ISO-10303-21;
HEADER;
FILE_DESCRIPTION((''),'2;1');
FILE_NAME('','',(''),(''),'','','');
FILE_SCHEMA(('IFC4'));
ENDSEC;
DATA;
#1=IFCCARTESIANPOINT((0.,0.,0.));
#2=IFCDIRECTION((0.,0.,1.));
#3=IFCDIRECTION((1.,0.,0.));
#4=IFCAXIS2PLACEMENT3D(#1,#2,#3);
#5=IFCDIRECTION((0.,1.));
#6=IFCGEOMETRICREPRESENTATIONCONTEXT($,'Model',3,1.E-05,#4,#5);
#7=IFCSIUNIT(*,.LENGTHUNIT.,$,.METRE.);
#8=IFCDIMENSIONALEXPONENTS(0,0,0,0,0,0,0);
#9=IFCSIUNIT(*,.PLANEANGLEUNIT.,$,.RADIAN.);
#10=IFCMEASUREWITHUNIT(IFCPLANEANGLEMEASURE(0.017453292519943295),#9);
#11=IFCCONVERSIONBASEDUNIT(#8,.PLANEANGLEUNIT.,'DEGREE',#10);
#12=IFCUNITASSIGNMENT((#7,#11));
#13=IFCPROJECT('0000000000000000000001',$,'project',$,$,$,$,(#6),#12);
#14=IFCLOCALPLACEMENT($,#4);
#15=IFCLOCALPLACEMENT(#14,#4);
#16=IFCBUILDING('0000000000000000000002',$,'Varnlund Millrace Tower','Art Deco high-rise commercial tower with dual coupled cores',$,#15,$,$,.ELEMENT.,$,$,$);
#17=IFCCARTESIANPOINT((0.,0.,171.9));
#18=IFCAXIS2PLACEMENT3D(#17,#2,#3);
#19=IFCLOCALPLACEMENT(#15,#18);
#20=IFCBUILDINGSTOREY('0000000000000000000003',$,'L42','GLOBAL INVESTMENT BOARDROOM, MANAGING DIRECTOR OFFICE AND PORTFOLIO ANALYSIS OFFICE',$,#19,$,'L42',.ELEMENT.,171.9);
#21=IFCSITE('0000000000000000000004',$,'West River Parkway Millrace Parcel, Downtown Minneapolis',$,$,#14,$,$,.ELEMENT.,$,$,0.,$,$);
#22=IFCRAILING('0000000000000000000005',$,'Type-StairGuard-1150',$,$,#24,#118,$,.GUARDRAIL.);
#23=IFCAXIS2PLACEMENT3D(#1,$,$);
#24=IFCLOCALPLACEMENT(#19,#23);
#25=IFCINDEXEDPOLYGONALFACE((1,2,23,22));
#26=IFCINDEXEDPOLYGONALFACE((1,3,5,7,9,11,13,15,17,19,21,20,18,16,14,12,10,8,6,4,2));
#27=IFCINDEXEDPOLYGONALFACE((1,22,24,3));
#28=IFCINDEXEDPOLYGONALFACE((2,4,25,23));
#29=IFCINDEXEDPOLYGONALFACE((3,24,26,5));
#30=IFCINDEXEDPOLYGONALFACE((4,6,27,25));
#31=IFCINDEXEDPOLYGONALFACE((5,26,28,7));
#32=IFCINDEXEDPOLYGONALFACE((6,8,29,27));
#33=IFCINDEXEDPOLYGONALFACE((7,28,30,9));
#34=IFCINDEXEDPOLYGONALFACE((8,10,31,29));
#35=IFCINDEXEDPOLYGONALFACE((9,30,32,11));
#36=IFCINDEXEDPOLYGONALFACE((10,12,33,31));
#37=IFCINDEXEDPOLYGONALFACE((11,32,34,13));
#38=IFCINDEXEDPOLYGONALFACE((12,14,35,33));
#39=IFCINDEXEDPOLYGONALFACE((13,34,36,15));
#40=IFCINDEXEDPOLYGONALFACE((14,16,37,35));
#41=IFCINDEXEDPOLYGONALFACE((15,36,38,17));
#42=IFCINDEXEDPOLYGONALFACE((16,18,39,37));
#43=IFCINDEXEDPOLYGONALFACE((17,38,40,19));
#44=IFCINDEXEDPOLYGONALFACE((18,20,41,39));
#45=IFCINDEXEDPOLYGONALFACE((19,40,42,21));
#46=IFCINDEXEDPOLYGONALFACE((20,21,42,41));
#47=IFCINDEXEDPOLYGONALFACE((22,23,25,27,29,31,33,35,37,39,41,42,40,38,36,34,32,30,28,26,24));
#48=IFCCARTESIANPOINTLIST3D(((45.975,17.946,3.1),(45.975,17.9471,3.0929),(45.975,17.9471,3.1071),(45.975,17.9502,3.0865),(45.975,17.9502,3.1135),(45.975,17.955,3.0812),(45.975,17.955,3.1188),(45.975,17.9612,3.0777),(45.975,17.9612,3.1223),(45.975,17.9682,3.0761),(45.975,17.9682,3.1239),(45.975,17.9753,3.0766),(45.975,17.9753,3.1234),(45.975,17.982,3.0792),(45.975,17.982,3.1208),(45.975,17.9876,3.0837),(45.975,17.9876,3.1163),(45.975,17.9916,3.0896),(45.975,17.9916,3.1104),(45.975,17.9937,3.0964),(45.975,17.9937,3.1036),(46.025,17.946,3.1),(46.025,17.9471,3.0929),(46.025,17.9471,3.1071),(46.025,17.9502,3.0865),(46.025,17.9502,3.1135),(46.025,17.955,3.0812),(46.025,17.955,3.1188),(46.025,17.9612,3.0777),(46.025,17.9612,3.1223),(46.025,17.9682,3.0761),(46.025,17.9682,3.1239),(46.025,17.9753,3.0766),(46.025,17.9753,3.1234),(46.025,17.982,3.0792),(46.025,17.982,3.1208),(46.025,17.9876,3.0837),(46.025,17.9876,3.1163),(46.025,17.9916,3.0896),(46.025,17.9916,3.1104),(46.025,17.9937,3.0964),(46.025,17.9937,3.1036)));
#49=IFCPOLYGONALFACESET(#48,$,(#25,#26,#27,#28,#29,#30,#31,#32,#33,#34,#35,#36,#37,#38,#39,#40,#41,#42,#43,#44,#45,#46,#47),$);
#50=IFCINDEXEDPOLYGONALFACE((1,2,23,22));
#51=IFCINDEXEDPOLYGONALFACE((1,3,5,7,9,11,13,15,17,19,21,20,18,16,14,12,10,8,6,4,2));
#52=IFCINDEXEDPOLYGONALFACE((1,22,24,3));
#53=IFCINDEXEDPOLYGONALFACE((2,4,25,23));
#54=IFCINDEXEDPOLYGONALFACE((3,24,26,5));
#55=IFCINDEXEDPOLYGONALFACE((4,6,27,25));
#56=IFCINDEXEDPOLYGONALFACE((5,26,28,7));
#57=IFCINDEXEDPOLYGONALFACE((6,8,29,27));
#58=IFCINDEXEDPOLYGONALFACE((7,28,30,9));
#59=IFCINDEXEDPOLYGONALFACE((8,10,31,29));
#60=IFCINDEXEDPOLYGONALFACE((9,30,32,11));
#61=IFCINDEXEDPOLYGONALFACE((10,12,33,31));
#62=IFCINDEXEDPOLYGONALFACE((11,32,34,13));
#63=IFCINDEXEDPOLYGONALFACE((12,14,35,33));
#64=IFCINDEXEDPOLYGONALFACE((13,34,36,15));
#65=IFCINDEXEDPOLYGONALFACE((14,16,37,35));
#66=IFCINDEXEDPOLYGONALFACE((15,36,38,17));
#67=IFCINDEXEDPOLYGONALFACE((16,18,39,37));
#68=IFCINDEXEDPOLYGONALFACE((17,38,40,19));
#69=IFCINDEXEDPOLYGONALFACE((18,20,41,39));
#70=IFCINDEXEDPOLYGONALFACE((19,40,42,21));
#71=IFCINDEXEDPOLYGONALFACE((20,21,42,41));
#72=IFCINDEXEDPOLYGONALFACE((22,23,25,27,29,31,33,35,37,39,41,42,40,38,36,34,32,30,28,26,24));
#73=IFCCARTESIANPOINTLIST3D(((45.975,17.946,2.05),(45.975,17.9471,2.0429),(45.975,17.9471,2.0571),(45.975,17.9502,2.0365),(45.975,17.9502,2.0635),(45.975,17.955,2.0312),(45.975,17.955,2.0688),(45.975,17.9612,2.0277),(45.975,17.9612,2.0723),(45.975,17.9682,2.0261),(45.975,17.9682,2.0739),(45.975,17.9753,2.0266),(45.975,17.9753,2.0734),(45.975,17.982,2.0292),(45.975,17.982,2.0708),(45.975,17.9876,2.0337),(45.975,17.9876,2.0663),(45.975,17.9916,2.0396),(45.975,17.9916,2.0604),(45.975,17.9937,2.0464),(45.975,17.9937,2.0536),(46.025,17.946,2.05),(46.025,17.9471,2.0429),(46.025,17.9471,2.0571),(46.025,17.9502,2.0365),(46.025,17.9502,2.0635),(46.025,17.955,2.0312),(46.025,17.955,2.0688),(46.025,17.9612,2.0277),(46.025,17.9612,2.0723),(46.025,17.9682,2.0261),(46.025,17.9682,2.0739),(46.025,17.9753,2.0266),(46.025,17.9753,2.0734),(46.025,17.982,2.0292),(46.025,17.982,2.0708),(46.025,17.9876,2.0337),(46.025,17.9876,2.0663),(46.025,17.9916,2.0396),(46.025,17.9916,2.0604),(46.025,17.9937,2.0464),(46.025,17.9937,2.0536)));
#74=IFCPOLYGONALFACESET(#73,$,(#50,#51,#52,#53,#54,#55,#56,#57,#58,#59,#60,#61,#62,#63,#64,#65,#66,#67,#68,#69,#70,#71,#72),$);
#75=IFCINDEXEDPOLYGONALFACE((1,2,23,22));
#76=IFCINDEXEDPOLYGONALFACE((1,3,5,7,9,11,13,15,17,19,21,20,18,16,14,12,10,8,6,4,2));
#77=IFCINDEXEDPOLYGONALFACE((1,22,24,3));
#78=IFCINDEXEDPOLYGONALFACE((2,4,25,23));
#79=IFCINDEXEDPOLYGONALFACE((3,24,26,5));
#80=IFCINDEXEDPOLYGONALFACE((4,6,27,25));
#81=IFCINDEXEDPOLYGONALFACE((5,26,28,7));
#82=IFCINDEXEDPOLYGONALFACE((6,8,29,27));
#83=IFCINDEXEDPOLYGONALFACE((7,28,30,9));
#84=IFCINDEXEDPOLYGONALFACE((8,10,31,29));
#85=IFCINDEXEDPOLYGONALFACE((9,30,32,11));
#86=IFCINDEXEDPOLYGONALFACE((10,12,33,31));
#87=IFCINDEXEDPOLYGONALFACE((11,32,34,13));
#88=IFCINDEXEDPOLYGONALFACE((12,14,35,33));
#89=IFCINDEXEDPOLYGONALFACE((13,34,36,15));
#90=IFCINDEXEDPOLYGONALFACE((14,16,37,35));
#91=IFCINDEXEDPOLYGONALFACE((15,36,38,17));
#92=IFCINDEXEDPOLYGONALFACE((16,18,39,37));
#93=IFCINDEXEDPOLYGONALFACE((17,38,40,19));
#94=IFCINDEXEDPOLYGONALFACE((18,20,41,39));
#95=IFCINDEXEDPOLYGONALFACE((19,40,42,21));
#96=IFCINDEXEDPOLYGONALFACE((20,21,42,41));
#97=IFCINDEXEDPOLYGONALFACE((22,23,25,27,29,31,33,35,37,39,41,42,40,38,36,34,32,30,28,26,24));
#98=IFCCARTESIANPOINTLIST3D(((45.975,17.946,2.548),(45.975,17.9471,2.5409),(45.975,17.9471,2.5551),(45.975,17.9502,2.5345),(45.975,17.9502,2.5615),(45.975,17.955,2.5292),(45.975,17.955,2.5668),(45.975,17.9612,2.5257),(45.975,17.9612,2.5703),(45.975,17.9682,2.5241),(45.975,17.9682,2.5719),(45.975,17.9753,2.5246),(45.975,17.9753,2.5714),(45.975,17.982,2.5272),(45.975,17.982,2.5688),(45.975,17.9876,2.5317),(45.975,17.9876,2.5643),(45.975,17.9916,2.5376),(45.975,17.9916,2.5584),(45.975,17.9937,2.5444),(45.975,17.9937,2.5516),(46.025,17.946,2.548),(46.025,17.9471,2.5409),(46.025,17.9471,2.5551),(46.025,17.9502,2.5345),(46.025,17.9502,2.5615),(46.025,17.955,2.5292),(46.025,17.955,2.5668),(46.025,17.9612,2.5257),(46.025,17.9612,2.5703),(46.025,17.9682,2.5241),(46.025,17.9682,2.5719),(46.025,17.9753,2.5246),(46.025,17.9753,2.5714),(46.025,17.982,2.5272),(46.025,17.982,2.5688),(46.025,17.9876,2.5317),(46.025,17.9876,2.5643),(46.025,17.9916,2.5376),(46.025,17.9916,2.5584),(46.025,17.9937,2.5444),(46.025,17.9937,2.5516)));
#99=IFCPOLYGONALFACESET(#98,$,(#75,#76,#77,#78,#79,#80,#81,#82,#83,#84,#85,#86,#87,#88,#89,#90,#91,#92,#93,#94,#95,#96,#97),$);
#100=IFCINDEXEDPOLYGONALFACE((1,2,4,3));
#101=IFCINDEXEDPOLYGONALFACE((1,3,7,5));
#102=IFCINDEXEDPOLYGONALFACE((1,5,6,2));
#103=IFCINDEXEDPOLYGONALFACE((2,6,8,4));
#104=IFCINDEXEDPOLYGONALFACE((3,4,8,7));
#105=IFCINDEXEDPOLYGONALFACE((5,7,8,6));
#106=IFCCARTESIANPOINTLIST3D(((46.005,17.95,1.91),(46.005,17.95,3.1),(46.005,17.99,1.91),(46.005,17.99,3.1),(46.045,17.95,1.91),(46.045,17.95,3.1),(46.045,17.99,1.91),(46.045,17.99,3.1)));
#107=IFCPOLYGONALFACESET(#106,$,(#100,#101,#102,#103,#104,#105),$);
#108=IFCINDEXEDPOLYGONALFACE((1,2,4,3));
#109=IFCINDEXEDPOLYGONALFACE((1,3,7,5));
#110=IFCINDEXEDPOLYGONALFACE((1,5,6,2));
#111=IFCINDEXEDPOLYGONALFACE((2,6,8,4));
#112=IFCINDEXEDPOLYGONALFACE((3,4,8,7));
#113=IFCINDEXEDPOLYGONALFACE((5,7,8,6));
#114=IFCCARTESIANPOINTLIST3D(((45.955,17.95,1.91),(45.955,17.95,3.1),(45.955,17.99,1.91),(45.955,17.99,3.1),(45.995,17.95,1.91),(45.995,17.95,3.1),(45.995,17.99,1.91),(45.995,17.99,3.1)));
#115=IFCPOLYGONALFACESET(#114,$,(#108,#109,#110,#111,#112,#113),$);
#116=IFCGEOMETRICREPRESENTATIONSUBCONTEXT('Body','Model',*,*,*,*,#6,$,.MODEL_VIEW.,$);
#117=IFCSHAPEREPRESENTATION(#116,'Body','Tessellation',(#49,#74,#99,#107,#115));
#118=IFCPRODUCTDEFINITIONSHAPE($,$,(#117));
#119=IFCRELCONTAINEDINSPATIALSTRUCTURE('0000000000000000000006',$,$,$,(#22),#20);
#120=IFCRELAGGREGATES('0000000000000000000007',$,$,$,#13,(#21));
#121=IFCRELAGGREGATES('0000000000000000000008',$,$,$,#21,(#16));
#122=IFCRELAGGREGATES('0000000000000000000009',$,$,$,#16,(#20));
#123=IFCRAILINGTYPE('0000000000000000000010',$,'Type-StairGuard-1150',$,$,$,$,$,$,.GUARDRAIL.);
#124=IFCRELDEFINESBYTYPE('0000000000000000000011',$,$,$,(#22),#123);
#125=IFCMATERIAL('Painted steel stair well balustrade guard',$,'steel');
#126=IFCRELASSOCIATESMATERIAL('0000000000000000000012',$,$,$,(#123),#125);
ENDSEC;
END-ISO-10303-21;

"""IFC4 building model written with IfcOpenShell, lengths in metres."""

from ifc_helpers import new_model, entity, si_unit, converted_unit, direction, frame, origin_with_axes, origin_2d_with_axis, place, context, subcontext, project, spatial, rectangle, circle, extrude, material, type_object, element, save


model = new_model("IFC4")

# Units and contexts
model_context = context("Model", 3, precision=1e-05, world=origin_with_axes(), true_north=direction((0.0, 1.0)))
body_context = subcontext(model_context, "Body", "Model", "MODEL_VIEW")
ifc_project = project(units=[si_unit("LENGTHUNIT", "METRE"), converted_unit("PLANEANGLEUNIT", "DEGREE", entity("IfcPlaneAngleMeasure", 0.017453292519943295), si_unit("PLANEANGLEUNIT", "RADIAN"), dimensions=[0, 0, 0, 0, 0, 0, 0])], contexts=[model_context])

# Site, building, storey
site_placement = place(None, origin_with_axes())
site = spatial("IfcSite", under=ifc_project, at=site_placement, Name="West River Parkway Millrace Parcel, Downtown Minneapolis", CompositionType="ELEMENT", RefElevation=0.0)
building_placement = place(site_placement, origin_with_axes())
building = spatial("IfcBuilding", under=site, at=building_placement, Name="Varnlund Millrace Tower", Description="Art Deco high-rise commercial tower with dual coupled cores", CompositionType="ELEMENT")
storey_placement = place(building_placement, frame((0.0, 0.0, 171.9), z_axis=(0.0, 0.0, 1.0), x_axis=(1.0, 0.0, 0.0)))
storey = spatial("IfcBuildingStorey", under=building, at=storey_placement, Name="L42", Description="GLOBAL INVESTMENT BOARDROOM, MANAGING DIRECTOR OFFICE AND PORTFOLIO ANALYSIS OFFICE", LongName="L42", CompositionType="ELEMENT", Elevation=171.9)

# Railing
ifc_material_1 = material(Name="Painted steel stair well balustrade guard", Category="steel")
railing_type_1 = type_object("IfcRailingType", Name="Type-StairGuard-1150", PredefinedType="GUARDRAIL", material=ifc_material_1)
railing_1_placement = place(storey_placement, frame((0.0, 0.0, -171.9), z_axis=(0.0, 0.0, 1.0), x_axis=(1.0, 0.0, 0.0)))
element("IfcRailing", 1, at=railing_1_placement, inside=storey, type_object=railing_type_1, Name="Type-StairGuard-1150", PredefinedType="GUARDRAIL", context=body_context, shape_type="SweptSolid", body=[
    extrude(circle(Radius=0.024, at=origin_2d_with_axis()), frame((46.025, 17.97, 175.0), z_axis=(-1.0, 0.0, 0.0), x_axis=(0.0, -1.0, 0.0)), (0.0, 0.0, 1.0), 0.05),
    extrude(circle(Radius=0.024, at=origin_2d_with_axis()), frame((46.025, 17.97, 173.95), z_axis=(-1.0, 0.0, 0.0), x_axis=(0.0, -1.0, 0.0)), (0.0, 0.0, 1.0), 0.05),
    extrude(circle(Radius=0.024, at=origin_2d_with_axis()), frame((46.025, 17.97, 174.448), z_axis=(-1.0, 0.0, 0.0), x_axis=(0.0, -1.0, 0.0)), (0.0, 0.0, 1.0), 0.05),
    extrude(rectangle(XDim=0.04, YDim=0.04, at=origin_2d_with_axis()), frame((46.025, 17.97, 173.81), z_axis=(0.0, 0.0, 1.0), x_axis=(1.0, 0.0, 0.0)), (0.0, 0.0, 1.0), 1.19),
    extrude(rectangle(XDim=0.04, YDim=0.04, at=origin_2d_with_axis()), frame((45.975, 17.97, 173.81), z_axis=(0.0, 0.0, 1.0), x_axis=(1.0, 0.0, 0.0)), (0.0, 0.0, 1.0), 1.19),
])

save(model, "model.ifc")
